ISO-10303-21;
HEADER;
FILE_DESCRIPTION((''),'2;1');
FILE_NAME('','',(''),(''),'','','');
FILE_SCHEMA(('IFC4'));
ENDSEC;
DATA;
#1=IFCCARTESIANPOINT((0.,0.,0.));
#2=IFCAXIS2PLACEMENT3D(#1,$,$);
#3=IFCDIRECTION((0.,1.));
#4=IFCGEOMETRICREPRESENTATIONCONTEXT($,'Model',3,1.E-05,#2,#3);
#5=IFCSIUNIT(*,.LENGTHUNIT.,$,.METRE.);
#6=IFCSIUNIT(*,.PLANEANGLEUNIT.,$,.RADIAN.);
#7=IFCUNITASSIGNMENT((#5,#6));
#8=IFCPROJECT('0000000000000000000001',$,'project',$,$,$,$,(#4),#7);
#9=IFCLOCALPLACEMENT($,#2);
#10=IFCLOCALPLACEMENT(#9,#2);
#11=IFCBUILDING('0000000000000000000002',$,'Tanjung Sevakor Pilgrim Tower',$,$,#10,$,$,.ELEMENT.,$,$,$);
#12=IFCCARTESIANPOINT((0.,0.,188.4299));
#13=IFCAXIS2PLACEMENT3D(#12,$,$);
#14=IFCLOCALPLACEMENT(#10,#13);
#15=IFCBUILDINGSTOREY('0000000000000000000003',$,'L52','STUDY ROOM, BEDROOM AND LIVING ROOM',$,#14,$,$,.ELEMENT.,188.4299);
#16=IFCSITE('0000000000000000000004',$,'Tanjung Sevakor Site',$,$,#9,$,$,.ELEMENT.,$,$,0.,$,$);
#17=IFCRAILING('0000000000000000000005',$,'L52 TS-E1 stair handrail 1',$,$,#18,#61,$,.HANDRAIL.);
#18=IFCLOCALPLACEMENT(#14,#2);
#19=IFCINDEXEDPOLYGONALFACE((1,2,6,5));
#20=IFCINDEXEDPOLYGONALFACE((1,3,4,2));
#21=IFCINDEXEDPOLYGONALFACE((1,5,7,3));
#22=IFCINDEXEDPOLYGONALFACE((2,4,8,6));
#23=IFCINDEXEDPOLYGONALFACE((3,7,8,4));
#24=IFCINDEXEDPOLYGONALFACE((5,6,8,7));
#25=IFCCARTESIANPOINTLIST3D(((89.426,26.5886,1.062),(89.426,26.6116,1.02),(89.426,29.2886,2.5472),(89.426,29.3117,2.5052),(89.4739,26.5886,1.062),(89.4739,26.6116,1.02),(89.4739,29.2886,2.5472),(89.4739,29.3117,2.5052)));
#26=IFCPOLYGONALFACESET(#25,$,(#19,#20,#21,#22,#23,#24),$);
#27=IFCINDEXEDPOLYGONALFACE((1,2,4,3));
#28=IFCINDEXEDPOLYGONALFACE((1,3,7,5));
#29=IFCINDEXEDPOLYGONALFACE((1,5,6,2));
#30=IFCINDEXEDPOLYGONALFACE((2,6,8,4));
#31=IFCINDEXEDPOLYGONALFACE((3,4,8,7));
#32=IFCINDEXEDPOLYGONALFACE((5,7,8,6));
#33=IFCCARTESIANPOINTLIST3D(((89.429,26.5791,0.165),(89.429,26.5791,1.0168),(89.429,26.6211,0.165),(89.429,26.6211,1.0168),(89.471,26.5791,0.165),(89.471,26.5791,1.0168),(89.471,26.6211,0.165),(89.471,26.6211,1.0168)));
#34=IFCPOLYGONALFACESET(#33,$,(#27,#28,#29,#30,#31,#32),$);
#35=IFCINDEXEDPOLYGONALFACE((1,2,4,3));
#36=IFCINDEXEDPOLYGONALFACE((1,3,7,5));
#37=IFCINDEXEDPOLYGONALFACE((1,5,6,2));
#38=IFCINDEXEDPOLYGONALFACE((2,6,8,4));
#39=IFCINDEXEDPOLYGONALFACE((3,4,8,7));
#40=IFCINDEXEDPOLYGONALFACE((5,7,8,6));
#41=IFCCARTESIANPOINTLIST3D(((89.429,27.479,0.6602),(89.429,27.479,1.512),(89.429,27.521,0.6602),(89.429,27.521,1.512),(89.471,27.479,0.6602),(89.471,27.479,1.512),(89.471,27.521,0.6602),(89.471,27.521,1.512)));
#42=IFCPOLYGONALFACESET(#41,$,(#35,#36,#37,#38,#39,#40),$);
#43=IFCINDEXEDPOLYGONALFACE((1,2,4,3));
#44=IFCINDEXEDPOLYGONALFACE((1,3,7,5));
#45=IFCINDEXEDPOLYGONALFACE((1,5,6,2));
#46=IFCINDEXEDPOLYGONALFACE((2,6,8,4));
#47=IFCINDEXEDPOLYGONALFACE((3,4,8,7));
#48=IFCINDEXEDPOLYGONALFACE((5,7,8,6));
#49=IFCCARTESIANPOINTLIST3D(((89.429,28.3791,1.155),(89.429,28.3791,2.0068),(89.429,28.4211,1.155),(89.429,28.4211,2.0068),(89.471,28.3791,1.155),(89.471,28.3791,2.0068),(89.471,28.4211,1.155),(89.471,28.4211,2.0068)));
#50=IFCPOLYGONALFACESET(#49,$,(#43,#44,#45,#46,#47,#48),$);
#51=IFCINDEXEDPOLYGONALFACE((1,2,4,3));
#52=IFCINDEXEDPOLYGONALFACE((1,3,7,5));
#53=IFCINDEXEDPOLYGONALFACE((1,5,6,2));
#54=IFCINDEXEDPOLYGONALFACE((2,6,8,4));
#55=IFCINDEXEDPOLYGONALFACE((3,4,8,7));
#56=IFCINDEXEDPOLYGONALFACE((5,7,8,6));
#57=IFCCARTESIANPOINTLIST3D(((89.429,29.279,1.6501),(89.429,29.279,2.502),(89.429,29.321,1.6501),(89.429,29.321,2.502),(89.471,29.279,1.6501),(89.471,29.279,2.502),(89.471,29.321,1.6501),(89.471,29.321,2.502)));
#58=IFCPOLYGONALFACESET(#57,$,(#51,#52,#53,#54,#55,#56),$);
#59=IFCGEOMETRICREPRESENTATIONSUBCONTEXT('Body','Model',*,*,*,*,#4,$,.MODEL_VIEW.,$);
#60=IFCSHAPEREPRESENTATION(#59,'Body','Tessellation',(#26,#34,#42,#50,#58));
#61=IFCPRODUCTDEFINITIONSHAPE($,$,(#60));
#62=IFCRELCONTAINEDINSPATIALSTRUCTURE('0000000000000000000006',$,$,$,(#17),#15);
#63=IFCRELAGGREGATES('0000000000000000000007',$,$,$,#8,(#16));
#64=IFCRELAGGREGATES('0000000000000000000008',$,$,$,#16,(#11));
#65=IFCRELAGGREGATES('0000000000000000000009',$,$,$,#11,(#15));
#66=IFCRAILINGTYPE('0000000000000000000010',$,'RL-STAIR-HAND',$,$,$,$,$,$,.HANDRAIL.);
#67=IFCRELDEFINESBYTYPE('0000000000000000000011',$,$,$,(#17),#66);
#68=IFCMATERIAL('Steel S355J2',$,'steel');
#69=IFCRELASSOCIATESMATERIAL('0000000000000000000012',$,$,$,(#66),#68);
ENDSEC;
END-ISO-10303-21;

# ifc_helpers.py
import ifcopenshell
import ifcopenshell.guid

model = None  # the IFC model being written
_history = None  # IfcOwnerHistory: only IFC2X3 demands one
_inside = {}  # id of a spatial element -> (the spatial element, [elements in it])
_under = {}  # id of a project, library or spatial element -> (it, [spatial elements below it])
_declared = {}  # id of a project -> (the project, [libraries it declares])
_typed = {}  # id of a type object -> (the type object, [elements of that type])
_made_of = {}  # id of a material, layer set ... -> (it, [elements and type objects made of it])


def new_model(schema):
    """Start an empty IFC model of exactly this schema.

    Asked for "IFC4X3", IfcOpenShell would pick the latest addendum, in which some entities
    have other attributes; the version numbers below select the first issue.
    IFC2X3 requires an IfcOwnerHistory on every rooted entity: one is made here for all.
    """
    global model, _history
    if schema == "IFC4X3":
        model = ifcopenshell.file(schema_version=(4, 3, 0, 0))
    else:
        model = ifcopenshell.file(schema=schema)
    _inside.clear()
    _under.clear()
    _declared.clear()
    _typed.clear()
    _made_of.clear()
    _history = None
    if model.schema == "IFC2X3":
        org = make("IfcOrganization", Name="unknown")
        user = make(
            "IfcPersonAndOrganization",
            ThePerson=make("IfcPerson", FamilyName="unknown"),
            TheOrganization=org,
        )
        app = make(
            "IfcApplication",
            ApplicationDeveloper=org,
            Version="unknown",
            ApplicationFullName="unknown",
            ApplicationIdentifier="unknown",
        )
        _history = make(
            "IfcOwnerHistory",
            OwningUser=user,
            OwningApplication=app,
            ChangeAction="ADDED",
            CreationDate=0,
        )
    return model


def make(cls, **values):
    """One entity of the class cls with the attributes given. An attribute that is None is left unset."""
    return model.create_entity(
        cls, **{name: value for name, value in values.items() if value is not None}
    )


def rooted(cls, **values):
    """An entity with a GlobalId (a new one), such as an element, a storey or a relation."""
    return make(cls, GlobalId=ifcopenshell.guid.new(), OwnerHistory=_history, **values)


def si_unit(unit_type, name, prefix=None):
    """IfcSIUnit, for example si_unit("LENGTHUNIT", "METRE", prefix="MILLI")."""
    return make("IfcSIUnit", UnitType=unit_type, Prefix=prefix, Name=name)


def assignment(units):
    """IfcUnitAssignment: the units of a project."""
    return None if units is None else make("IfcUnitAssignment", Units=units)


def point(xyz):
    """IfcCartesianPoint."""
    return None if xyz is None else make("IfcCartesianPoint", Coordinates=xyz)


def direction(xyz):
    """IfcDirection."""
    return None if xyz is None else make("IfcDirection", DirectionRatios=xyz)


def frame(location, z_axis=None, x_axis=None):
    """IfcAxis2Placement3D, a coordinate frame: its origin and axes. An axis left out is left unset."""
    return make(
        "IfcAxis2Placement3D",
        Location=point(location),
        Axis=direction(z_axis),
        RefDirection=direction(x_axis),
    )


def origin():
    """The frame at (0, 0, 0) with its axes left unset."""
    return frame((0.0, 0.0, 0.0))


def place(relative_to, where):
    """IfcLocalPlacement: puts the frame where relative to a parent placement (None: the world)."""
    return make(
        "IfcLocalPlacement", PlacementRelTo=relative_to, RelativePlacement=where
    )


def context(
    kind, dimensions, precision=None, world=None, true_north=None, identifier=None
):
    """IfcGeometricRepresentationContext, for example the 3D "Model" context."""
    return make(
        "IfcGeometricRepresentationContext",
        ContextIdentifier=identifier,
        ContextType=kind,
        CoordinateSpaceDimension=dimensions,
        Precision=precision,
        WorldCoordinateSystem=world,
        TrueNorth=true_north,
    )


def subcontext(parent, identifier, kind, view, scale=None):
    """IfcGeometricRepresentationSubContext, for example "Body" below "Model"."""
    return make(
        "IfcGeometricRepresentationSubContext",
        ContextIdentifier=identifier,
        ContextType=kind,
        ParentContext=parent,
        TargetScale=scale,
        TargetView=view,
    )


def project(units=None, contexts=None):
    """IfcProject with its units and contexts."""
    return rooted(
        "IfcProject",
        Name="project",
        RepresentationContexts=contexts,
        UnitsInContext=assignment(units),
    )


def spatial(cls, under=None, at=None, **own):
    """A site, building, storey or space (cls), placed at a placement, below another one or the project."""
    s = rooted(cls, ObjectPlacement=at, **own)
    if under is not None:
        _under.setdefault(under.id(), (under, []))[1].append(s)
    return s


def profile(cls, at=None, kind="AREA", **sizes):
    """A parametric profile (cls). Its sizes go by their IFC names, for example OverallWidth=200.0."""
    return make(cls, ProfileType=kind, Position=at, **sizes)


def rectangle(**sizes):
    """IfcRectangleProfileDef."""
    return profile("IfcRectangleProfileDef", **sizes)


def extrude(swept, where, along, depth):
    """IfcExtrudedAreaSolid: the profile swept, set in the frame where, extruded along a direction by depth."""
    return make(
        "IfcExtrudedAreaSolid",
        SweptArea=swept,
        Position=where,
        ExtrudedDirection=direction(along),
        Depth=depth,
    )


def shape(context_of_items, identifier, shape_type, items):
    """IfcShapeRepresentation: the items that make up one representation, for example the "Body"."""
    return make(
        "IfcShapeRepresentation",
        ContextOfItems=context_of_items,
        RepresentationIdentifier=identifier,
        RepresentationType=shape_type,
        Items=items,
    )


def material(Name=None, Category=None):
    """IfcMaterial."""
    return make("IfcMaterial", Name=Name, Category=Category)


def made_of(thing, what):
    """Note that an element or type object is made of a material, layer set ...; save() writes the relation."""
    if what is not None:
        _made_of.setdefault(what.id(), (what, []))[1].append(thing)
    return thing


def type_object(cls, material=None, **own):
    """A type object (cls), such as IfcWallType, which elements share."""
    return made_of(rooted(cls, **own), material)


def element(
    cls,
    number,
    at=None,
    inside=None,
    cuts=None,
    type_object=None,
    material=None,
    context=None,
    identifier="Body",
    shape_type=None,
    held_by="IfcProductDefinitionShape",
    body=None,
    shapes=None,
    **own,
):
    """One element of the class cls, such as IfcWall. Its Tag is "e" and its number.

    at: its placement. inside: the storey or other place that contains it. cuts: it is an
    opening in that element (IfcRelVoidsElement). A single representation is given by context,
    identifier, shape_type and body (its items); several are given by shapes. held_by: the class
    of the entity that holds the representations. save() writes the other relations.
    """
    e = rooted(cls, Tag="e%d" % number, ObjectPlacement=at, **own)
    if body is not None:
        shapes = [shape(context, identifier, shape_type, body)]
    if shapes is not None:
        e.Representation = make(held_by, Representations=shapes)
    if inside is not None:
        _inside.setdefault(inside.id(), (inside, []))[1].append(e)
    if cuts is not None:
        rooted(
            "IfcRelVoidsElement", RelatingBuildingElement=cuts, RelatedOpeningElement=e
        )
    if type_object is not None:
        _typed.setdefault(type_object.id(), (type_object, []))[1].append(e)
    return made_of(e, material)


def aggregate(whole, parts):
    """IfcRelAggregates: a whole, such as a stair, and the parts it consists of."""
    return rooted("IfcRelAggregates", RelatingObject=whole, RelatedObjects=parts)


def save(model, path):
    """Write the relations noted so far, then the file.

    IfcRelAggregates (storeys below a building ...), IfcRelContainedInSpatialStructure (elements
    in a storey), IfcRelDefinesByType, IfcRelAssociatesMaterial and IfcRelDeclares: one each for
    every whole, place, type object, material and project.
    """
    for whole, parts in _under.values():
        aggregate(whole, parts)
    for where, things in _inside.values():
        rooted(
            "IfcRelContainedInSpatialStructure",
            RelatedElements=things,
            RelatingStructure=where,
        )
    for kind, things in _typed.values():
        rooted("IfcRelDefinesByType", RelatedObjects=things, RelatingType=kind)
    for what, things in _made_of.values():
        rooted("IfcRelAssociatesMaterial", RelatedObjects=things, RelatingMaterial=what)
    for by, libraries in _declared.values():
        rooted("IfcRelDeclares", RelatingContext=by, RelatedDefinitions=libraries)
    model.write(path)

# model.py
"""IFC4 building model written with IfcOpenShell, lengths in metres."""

from ifc_helpers import new_model, si_unit, direction, frame, origin, place, context, subcontext, project, spatial, rectangle, extrude, material, type_object, element, save


model = new_model("IFC4")

# Units and contexts
model_context = context("Model", 3, precision=1e-05, world=origin(), true_north=direction((0.0, 1.0)))
body_context = subcontext(model_context, "Body", "Model", "MODEL_VIEW")
ifc_project = project(units=[si_unit("LENGTHUNIT", "METRE"), si_unit("PLANEANGLEUNIT", "RADIAN")], contexts=[model_context])

# Site, building, storey
site_placement = place(None, origin())
site = spatial("IfcSite", under=ifc_project, at=site_placement, Name="Tanjung Sevakor Site", CompositionType="ELEMENT", RefElevation=0.0)
building_placement = place(site_placement, origin())
building = spatial("IfcBuilding", under=site, at=building_placement, Name="Tanjung Sevakor Pilgrim Tower", CompositionType="ELEMENT")
storey_placement = place(building_placement, frame((0.0, 0.0, 188.4299)))
storey = spatial("IfcBuildingStorey", under=building, at=storey_placement, Name="L52", Description="STUDY ROOM, BEDROOM AND LIVING ROOM", CompositionType="ELEMENT", Elevation=188.4299)

# Railing
ifc_material_1 = material(Name="Steel S355J2", Category="steel")
railing_type = type_object("IfcRailingType", Name="RL-STAIR-HAND", PredefinedType="HANDRAIL", material=ifc_material_1)
railing_placement = place(storey_placement, frame((89.45, 26.6001, 0.165)))
element("IfcRailing", 1, at=railing_placement, inside=storey, type_object=railing_type, Name="L52 TS-E1 stair handrail 1", PredefinedType="HANDRAIL", context=body_context, shape_type="SweptSolid", body=[
    extrude(rectangle(XDim=0.0479, YDim=0.0479), frame((0.0, 0.0, 0.876), z_axis=(0.0, 0.876198, 0.481952), x_axis=(-1.0, 0.0, 0.0)), (0.0, 0.0, 1.0), 3.0815),
    extrude(rectangle(XDim=0.042, YDim=0.042), origin(), (0.0, 0.0, 1.0), 0.8518),
    extrude(rectangle(XDim=0.042, YDim=0.042), frame((0.0, 0.8999, 0.4951)), (0.0, 0.0, 1.0), 0.8518),
    extrude(rectangle(XDim=0.042, YDim=0.042), frame((0.0, 1.8, 0.99)), (0.0, 0.0, 1.0), 0.8518),
    extrude(rectangle(XDim=0.042, YDim=0.042), frame((0.0, 2.7, 1.4851)), (0.0, 0.0, 1.0), 0.8518),
])

save(model, "model.ifc")
